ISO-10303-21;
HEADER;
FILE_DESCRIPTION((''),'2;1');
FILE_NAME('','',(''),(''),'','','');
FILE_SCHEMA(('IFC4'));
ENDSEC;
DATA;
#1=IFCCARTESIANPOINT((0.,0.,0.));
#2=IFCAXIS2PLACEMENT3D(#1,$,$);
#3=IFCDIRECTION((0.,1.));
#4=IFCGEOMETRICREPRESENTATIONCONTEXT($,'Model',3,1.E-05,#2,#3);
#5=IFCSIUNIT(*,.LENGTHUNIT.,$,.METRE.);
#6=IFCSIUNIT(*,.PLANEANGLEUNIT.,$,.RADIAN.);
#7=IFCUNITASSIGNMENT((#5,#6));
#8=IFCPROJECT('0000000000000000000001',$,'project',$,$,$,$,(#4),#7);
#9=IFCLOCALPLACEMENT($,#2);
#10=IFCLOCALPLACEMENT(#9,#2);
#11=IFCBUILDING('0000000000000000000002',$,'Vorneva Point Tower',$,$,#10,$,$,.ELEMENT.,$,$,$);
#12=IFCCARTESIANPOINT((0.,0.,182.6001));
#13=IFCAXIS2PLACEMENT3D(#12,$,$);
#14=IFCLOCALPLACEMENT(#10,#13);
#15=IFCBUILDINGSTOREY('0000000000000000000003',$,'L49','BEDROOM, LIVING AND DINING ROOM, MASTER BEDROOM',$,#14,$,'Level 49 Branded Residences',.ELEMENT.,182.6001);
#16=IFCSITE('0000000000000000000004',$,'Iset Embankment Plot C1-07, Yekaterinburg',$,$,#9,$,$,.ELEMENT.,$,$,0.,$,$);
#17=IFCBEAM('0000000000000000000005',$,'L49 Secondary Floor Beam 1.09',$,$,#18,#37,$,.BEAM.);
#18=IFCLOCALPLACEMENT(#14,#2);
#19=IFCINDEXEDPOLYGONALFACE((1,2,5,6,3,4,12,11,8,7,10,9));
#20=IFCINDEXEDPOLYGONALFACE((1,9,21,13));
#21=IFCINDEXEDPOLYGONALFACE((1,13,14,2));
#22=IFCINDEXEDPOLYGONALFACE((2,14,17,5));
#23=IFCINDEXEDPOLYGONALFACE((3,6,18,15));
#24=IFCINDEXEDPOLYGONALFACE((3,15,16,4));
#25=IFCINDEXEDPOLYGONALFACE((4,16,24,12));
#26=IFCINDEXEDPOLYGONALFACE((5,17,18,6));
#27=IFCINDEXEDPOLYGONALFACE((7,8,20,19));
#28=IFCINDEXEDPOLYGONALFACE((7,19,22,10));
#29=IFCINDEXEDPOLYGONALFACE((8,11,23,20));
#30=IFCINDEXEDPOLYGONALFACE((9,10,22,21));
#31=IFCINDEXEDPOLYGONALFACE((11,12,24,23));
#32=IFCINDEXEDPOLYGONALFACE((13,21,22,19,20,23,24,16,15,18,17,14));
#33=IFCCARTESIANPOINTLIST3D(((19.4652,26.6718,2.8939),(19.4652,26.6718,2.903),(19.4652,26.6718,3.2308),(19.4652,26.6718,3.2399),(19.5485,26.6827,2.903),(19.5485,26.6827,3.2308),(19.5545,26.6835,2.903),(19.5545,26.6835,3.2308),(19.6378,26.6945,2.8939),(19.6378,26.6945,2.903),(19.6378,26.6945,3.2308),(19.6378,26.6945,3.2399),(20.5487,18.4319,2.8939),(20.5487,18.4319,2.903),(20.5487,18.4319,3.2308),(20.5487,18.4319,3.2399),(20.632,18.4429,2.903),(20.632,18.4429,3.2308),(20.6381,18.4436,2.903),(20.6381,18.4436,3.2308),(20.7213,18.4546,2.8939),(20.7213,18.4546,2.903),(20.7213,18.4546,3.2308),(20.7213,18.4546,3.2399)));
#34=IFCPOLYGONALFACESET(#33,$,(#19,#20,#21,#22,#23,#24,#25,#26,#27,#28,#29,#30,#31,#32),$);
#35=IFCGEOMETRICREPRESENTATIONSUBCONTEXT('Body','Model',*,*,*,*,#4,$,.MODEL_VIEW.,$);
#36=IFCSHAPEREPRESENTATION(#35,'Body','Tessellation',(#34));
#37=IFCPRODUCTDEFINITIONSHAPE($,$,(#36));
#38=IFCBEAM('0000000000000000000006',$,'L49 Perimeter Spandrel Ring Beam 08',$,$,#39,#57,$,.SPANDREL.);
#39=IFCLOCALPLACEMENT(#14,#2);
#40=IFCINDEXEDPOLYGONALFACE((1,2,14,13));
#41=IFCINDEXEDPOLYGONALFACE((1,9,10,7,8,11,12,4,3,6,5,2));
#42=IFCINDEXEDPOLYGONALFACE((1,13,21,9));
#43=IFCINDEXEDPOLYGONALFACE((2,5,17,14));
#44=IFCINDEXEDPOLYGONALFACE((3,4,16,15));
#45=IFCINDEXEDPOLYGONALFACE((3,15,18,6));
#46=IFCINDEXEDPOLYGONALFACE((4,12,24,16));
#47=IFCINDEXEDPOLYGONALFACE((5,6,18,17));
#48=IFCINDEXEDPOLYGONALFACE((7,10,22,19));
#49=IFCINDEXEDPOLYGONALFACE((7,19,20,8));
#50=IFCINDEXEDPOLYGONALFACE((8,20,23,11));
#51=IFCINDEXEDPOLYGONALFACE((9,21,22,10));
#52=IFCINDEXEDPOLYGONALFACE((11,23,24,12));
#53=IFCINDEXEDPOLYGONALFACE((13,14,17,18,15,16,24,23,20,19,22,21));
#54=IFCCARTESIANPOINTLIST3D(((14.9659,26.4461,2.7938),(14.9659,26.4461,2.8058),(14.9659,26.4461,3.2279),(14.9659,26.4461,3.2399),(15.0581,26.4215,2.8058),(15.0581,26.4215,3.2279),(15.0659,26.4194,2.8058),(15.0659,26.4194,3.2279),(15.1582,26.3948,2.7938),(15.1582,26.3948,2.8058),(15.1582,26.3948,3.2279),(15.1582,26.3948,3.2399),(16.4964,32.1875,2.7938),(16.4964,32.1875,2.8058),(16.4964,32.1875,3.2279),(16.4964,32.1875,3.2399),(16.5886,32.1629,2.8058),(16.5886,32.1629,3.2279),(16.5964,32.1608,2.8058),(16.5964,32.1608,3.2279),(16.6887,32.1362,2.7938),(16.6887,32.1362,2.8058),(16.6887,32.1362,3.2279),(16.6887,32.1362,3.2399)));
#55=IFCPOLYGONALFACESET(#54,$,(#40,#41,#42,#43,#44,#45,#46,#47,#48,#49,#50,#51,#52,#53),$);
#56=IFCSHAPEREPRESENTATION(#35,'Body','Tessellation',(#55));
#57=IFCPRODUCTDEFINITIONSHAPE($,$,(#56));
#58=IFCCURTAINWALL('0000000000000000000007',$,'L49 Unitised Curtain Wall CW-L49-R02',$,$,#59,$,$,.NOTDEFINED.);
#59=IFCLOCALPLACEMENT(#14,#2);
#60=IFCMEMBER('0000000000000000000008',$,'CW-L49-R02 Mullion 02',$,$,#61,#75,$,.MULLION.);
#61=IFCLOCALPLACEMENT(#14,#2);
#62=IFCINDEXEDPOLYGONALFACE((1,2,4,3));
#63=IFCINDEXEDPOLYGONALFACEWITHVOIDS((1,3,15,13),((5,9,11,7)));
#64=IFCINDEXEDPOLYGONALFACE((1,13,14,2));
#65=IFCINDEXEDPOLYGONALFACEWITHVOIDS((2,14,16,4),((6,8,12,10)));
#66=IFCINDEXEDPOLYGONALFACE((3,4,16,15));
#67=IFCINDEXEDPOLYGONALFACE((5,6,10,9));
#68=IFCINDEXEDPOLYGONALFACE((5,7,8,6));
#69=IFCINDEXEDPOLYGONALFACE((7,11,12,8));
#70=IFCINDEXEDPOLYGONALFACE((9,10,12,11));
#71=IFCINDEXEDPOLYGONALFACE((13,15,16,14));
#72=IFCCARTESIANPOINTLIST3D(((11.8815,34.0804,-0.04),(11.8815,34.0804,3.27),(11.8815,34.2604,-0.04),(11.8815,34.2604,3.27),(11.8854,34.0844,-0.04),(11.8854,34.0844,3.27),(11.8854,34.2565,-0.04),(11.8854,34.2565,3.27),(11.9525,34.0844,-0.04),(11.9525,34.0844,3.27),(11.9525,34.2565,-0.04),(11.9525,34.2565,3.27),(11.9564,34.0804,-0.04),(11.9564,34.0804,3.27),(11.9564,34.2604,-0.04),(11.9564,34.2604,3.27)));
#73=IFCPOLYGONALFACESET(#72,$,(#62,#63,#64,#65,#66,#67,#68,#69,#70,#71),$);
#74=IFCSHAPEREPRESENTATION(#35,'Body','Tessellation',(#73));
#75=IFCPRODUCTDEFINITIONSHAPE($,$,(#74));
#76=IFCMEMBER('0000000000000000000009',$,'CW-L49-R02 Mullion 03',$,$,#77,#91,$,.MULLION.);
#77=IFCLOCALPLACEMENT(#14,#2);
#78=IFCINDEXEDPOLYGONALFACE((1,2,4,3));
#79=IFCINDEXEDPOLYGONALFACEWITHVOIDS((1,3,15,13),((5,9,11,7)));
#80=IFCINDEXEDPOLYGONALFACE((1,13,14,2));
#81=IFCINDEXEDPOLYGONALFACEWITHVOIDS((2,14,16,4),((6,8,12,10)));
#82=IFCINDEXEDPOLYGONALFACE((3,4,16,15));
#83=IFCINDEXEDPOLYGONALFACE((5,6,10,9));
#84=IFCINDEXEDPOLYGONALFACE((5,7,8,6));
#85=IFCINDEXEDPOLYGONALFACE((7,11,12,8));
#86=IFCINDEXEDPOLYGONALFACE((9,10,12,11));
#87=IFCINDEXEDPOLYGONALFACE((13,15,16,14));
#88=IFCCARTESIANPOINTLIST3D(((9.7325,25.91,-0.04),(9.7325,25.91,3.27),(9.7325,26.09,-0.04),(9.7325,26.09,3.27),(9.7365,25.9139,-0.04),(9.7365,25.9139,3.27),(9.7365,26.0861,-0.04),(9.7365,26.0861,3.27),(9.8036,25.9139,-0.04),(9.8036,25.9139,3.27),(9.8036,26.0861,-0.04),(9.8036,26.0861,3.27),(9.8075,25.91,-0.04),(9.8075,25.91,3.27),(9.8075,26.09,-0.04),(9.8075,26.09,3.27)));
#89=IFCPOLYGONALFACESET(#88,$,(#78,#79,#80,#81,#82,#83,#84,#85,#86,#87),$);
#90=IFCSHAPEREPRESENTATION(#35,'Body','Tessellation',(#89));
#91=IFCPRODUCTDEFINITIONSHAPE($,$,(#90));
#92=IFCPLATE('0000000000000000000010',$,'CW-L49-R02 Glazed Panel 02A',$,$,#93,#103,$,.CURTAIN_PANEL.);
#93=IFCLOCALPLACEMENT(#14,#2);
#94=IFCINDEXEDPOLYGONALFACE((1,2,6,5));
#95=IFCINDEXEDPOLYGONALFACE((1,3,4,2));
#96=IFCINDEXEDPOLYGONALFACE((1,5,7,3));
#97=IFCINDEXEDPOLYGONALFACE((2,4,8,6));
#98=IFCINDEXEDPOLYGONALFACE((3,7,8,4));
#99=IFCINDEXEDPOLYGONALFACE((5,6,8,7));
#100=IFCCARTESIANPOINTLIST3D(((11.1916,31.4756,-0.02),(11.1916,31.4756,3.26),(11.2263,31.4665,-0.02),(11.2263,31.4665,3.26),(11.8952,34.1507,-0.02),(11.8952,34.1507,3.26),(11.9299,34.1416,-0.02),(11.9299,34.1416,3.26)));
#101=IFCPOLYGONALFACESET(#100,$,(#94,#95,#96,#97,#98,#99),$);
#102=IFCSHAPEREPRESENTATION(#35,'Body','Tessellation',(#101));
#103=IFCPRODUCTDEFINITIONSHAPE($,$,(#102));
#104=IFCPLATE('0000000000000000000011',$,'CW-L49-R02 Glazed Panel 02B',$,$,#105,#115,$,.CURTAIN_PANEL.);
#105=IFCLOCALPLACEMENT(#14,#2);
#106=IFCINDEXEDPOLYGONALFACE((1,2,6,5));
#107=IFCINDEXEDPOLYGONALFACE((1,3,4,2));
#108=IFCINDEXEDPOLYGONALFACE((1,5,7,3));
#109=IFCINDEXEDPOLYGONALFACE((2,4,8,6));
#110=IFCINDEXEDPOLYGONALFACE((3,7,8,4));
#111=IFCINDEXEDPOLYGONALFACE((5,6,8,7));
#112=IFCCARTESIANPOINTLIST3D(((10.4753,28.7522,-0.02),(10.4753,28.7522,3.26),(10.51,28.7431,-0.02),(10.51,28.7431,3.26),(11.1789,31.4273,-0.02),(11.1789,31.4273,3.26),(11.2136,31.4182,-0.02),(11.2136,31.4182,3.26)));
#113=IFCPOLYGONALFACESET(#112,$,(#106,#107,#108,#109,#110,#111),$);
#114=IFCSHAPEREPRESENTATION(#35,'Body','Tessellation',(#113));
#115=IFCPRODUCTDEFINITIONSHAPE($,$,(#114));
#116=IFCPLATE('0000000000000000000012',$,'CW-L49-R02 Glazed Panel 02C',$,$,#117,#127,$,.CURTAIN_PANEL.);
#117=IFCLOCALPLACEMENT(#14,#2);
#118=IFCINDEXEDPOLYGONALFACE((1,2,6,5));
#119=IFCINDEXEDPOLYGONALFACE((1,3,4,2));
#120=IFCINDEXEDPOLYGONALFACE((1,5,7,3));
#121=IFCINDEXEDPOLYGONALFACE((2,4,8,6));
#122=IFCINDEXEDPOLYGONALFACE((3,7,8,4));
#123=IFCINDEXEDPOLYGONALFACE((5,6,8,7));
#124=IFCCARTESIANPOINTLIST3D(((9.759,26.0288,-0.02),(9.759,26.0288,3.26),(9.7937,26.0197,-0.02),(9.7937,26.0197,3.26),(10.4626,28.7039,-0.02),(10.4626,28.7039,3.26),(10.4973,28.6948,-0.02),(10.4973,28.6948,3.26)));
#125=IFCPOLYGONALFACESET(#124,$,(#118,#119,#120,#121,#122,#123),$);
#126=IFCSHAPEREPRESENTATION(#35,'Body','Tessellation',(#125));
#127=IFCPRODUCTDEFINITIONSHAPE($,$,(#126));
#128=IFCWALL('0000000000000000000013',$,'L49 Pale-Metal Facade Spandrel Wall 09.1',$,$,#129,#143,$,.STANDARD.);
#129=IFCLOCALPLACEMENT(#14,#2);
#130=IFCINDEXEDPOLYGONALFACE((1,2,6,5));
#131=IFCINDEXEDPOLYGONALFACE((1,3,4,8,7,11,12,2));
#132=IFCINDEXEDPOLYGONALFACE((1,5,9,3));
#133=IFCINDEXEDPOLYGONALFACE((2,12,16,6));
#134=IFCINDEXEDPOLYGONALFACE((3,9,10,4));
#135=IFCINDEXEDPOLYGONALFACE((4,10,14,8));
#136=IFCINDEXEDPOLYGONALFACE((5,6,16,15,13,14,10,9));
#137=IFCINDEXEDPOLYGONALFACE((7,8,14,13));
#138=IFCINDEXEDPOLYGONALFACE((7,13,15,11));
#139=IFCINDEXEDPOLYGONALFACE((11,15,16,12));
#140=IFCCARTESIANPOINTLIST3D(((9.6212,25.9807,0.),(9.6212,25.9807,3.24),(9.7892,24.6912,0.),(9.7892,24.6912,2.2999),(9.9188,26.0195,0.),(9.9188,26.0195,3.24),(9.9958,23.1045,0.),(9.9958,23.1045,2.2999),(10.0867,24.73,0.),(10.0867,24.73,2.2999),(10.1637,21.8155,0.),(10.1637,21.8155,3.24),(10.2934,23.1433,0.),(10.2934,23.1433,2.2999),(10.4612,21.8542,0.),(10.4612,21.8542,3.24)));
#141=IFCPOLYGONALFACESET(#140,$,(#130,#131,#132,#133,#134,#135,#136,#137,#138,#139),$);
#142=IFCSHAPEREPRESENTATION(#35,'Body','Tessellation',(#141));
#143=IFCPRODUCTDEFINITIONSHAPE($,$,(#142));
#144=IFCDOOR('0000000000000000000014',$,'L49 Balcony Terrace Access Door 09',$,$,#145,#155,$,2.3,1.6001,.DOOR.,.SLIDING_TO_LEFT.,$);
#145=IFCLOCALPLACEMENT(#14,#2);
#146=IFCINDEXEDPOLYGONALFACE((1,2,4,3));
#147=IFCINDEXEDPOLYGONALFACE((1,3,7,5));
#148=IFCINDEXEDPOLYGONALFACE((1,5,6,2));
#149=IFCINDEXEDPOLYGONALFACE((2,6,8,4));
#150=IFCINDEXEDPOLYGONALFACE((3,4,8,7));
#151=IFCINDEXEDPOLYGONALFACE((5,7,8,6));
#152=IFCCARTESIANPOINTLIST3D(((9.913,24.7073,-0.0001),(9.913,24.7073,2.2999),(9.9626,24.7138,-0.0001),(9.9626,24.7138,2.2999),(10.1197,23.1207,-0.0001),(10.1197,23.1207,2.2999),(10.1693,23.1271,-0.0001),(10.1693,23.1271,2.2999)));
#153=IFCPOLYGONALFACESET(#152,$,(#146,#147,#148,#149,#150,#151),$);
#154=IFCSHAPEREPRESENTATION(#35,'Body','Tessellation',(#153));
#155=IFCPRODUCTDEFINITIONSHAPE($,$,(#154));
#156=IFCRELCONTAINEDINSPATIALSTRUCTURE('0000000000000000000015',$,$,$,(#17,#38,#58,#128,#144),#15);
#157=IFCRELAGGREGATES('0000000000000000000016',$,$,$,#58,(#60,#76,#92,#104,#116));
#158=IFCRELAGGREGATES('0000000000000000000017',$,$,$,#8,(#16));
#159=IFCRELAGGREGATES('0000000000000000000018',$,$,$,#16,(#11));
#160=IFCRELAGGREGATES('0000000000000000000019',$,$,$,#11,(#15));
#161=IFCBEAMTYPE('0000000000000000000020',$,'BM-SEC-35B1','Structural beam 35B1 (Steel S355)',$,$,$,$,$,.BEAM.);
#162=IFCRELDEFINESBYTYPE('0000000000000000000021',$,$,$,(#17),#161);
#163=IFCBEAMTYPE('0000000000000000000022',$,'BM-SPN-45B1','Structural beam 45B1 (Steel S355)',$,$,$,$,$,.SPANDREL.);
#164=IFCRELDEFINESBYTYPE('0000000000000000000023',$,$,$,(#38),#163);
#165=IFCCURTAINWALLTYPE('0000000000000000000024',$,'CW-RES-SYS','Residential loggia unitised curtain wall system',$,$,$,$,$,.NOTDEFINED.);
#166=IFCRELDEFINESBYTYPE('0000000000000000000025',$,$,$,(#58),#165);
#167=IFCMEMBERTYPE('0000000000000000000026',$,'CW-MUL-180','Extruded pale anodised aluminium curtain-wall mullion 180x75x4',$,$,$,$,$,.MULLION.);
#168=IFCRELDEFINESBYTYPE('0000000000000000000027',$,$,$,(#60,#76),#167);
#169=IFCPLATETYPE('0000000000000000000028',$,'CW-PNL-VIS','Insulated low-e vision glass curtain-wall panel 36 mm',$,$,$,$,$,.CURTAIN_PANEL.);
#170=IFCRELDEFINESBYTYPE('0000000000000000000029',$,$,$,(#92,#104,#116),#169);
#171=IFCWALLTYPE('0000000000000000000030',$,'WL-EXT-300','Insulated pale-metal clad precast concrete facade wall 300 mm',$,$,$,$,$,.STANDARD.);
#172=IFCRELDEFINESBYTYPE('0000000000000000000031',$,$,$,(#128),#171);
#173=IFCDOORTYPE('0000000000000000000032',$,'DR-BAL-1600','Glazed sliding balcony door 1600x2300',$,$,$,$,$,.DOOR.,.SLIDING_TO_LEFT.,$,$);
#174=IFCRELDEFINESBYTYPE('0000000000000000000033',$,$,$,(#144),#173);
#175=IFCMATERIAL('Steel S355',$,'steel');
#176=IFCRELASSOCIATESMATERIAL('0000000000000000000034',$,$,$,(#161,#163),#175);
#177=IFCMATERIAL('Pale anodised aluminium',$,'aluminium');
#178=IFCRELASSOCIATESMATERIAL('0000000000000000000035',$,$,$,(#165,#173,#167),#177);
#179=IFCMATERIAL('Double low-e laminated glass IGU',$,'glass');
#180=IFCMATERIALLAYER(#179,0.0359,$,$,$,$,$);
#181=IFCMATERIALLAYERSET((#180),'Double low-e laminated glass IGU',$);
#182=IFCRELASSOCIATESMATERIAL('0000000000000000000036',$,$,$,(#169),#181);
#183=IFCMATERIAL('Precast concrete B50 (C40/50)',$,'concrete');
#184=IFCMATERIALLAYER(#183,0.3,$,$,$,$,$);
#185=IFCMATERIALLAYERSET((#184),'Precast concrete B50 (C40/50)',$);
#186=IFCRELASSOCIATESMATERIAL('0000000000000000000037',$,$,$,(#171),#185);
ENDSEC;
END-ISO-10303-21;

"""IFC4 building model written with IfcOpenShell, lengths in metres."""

from ifc_helpers import new_model, si_unit, direction, frame, frame_2d, origin, origin_2d, place, context, subcontext, project, spatial, rectangle, hollow_rectangle, i_section, extrude, material, layer, layer_set, material_profile, profile_set, type_object, element, fill, aggregate, save


model = new_model("IFC4")

# Units and contexts
model_context = context("Model", 3, precision=1e-05, world=origin(), true_north=direction((0.0, 1.0)))
body_context = subcontext(model_context, "Body", "Model", "MODEL_VIEW")
ifc_project = project(units=[si_unit("LENGTHUNIT", "METRE"), si_unit("PLANEANGLEUNIT", "RADIAN")], contexts=[model_context])

# Site, building, storey
site_placement = place(None, origin())
site = spatial("IfcSite", under=ifc_project, at=site_placement, Name="Iset Embankment Plot C1-07, Yekaterinburg", CompositionType="ELEMENT", RefElevation=0.0)
building_placement = place(site_placement, origin())
building = spatial("IfcBuilding", under=site, at=building_placement, Name="Vorneva Point Tower", CompositionType="ELEMENT")
storey_placement = place(building_placement, frame((0.0, 0.0, 182.6001)))
storey = spatial("IfcBuildingStorey", under=building, at=storey_placement, Name="L49", Description="BEDROOM, LIVING AND DINING ROOM, MASTER BEDROOM", LongName="Level 49 Branded Residences", CompositionType="ELEMENT", Elevation=182.6001)

# Beams
ifc_material_1 = material(Name="Steel S355", Category="steel")
ifc_material_profile_1 = material_profile(ifc_material_1, i_section(OverallWidth=0.1741, OverallDepth=0.3459, WebThickness=0.0061, FlangeThickness=0.009, at=origin_2d()), Name="35B1")
ifc_profile_set_1 = profile_set([ifc_material_profile_1], Name="Steel S355")
beam_type_1 = type_object("IfcBeamType", Name="BM-SEC-35B1", Description="Structural beam 35B1 (Steel S355)", PredefinedType="BEAM", material=ifc_profile_set_1)
beam_1_placement = place(storey_placement, frame((19.5515, 26.6831, 3.0669), z_axis=(0.130374, -0.991465, 0.0), x_axis=(0.991465, 0.130374, 0.0)))
element("IfcBeam", 1, at=beam_1_placement, inside=storey, type_object=beam_type_1, Name="L49 Secondary Floor Beam 1.09", PredefinedType="BEAM", context=body_context, shape_type="SweptSolid", body=[
    extrude(i_section(OverallWidth=0.1741, OverallDepth=0.3459, WebThickness=0.0061, FlangeThickness=0.009, at=origin_2d()), origin(), (0.0, 0.0, 1.0), 8.3108),
])
ifc_material_profile_2 = material_profile(ifc_material_1, i_section(OverallWidth=0.199, OverallDepth=0.446, WebThickness=0.0081, FlangeThickness=0.012, at=origin_2d()), Name="45B1")
ifc_profile_set_2 = profile_set([ifc_material_profile_2], Name="Steel S355")
beam_type_2 = type_object("IfcBeamType", Name="BM-SPN-45B1", Description="Structural beam 45B1 (Steel S355)", PredefinedType="SPANDREL", material=ifc_profile_set_2)
beam_2_placement = place(storey_placement, frame((16.5925, 32.1619, 3.0168), z_axis=(-0.257578, -0.966257, 0.0), x_axis=(0.966257, -0.257578, 0.0)))
element("IfcBeam", 2, at=beam_2_placement, inside=storey, type_object=beam_type_2, Name="L49 Perimeter Spandrel Ring Beam 08", PredefinedType="SPANDREL", context=body_context, shape_type="SweptSolid", body=[
    extrude(i_section(OverallWidth=0.199, OverallDepth=0.446, WebThickness=0.0081, FlangeThickness=0.012, at=origin_2d()), origin(), (0.0, 0.0, 1.0), 5.9419),
])

# Curtain wall, members, plates
ifc_material_2 = material(Name="Pale anodised aluminium", Category="aluminium")
curtain_wall_type = type_object("IfcCurtainWallType", Name="CW-RES-SYS", Description="Residential loggia unitised curtain wall system", PredefinedType="NOTDEFINED", material=ifc_material_2)
curtain_wall_placement = place(storey_placement, origin())
curtain_wall = element("IfcCurtainWall", 3, at=curtain_wall_placement, inside=storey, type_object=curtain_wall_type, Name="L49 Unitised Curtain Wall CW-L49-R02", PredefinedType="NOTDEFINED")
ifc_material_profile_3 = material_profile(ifc_material_2, hollow_rectangle(XDim=0.075, YDim=0.1799, WallThickness=0.0039, at=origin_2d()), Name="AL-MUL 180x75x4")
ifc_profile_set_3 = profile_set([ifc_material_profile_3], Name="Pale anodised aluminium")
member_type = type_object("IfcMemberType", Name="CW-MUL-180", Description="Extruded pale anodised aluminium curtain-wall mullion 180x75x4", PredefinedType="MULLION", material=ifc_profile_set_3)
member_1_placement = place(storey_placement, frame((11.9189, 34.1704, -0.04), z_axis=(0.0, 0.0, 1.0), x_axis=(1.0, 0.0, 0.0)))
member_1 = element("IfcMember", 4, at=member_1_placement, type_object=member_type, Name="CW-L49-R02 Mullion 02", PredefinedType="MULLION", context=body_context, shape_type="SweptSolid", body=[
    extrude(hollow_rectangle(XDim=0.075, YDim=0.1799, WallThickness=0.0039, at=origin_2d()), origin(), (0.0, 0.0, 1.0), 3.3101),
])
member_2_placement = place(storey_placement, frame((9.77, 26.0, -0.04), z_axis=(0.0, 0.0, 1.0), x_axis=(1.0, 0.0, 0.0)))
member_2 = element("IfcMember", 5, at=member_2_placement, type_object=member_type, Name="CW-L49-R02 Mullion 03", PredefinedType="MULLION", context=body_context, shape_type="SweptSolid", body=[
    extrude(hollow_rectangle(XDim=0.075, YDim=0.1799, WallThickness=0.0039, at=origin_2d()), origin(), (0.0, 0.0, 1.0), 3.3101),
])
ifc_material_3 = material(Name="Double low-e laminated glass IGU", Category="glass")
ifc_layer_1 = layer(ifc_material_3, 0.0359)
ifc_layer_set_1 = layer_set([ifc_layer_1], Name="Double low-e laminated glass IGU")
plate_type = type_object("IfcPlateType", Name="CW-PNL-VIS", Description="Insulated low-e vision glass curtain-wall panel 36 mm", PredefinedType="CURTAIN_PANEL", material=ifc_layer_set_1)
plate_1_placement = place(storey_placement, frame((11.5608, 32.8086, -0.02), z_axis=(0.0, 0.0, 1.0), x_axis=(-0.254366, -0.967108, 0.0)))
plate_1 = element("IfcPlate", 6, at=plate_1_placement, type_object=plate_type, Name="CW-L49-R02 Glazed Panel 02A", PredefinedType="CURTAIN_PANEL", context=body_context, shape_type="SweptSolid", body=[
    extrude(rectangle(XDim=2.7661, YDim=0.0359, at=origin_2d()), origin(), (0.0, 0.0, 1.0), 3.28),
])
plate_2_placement = place(storey_placement, frame((10.8445, 30.0852, -0.02), z_axis=(0.0, 0.0, 1.0), x_axis=(-0.254366, -0.967108, 0.0)))
plate_2 = element("IfcPlate", 7, at=plate_2_placement, type_object=plate_type, Name="CW-L49-R02 Glazed Panel 02B", PredefinedType="CURTAIN_PANEL", context=body_context, shape_type="SweptSolid", body=[
    extrude(rectangle(XDim=2.7661, YDim=0.0359, at=origin_2d()), origin(), (0.0, 0.0, 1.0), 3.28),
])
plate_3_placement = place(storey_placement, frame((10.1282, 27.3618, -0.02), z_axis=(0.0, 0.0, 1.0), x_axis=(-0.254366, -0.967108, 0.0)))
plate_3 = element("IfcPlate", 8, at=plate_3_placement, type_object=plate_type, Name="CW-L49-R02 Glazed Panel 02C", PredefinedType="CURTAIN_PANEL", context=body_context, shape_type="SweptSolid", body=[
    extrude(rectangle(XDim=2.7661, YDim=0.0359, at=origin_2d()), origin(), (0.0, 0.0, 1.0), 3.28),
])
aggregate(curtain_wall, [member_1, member_2, plate_1, plate_2, plate_3])

# Wall, opening, door
ifc_material_4 = material(Name="Precast concrete B50 (C40/50)", Category="concrete")
ifc_layer_2 = layer(ifc_material_4, 0.3)
ifc_layer_set_2 = layer_set([ifc_layer_2], Name="Precast concrete B50 (C40/50)")
wall_type_1 = type_object("IfcWallType", Name="WL-EXT-300", Description="Insulated pale-metal clad precast concrete facade wall 300 mm", PredefinedType="STANDARD", material=ifc_layer_set_2)
wall_1_placement = place(storey_placement, frame((9.77, 26.0, 0.0), z_axis=(0.0, 0.0, 1.0), x_axis=(0.129148, -0.991625, 0.0)))
wall_1 = element("IfcWall", 9, at=wall_1_placement, inside=storey, type_object=wall_type_1, Name="L49 Pale-Metal Facade Spandrel Wall 09.1", PredefinedType="STANDARD", context=body_context, shape_type="SweptSolid", body=[
    extrude(rectangle(XDim=4.2004, YDim=0.3, at=frame_2d((2.1001, 0.0))), origin(), (0.0, 0.0, 1.0), 3.24),
])
opening_1_placement = place(wall_1_placement, frame((1.3003, 0.0, 0.0)))
opening_1 = element("IfcOpeningElement", 10, at=opening_1_placement, cuts=wall_1, PredefinedType="OPENING", context=body_context, shape_type="SweptSolid", body=[
    extrude(rectangle(XDim=1.6001, YDim=2.3, at=frame_2d((0.8, 1.1499))), frame((0.0, 0.165, 0.0), z_axis=(0.0, -1.0, 0.0), x_axis=(1.0, 0.0, 0.0)), (0.0, 0.0, 1.0), 0.3298),
])
door_type_1 = type_object("IfcDoorType", Name="DR-BAL-1600", Description="Glazed sliding balcony door 1600x2300", OperationType="SLIDING_TO_LEFT", PredefinedType="DOOR", material=ifc_material_2)
door_1_placement = place(opening_1_placement, origin())
door_1 = element("IfcDoor", 11, at=door_1_placement, inside=storey, type_object=door_type_1, Name="L49 Balcony Terrace Access Door 09", OperationType="SLIDING_TO_LEFT", OverallHeight=2.3, OverallWidth=1.6001, PredefinedType="DOOR", context=body_context, shape_type="SweptSolid", body=[
    extrude(rectangle(XDim=1.6001, YDim=2.3, at=frame_2d((0.8, 1.1499))), frame((0.0, 0.0249, 0.0), z_axis=(0.0, -1.0, 0.0), x_axis=(1.0, 0.0, 0.0)), (0.0, 0.0, 1.0), 0.05),
])
fill(opening_1, door_1)

save(model, "model.ifc")
